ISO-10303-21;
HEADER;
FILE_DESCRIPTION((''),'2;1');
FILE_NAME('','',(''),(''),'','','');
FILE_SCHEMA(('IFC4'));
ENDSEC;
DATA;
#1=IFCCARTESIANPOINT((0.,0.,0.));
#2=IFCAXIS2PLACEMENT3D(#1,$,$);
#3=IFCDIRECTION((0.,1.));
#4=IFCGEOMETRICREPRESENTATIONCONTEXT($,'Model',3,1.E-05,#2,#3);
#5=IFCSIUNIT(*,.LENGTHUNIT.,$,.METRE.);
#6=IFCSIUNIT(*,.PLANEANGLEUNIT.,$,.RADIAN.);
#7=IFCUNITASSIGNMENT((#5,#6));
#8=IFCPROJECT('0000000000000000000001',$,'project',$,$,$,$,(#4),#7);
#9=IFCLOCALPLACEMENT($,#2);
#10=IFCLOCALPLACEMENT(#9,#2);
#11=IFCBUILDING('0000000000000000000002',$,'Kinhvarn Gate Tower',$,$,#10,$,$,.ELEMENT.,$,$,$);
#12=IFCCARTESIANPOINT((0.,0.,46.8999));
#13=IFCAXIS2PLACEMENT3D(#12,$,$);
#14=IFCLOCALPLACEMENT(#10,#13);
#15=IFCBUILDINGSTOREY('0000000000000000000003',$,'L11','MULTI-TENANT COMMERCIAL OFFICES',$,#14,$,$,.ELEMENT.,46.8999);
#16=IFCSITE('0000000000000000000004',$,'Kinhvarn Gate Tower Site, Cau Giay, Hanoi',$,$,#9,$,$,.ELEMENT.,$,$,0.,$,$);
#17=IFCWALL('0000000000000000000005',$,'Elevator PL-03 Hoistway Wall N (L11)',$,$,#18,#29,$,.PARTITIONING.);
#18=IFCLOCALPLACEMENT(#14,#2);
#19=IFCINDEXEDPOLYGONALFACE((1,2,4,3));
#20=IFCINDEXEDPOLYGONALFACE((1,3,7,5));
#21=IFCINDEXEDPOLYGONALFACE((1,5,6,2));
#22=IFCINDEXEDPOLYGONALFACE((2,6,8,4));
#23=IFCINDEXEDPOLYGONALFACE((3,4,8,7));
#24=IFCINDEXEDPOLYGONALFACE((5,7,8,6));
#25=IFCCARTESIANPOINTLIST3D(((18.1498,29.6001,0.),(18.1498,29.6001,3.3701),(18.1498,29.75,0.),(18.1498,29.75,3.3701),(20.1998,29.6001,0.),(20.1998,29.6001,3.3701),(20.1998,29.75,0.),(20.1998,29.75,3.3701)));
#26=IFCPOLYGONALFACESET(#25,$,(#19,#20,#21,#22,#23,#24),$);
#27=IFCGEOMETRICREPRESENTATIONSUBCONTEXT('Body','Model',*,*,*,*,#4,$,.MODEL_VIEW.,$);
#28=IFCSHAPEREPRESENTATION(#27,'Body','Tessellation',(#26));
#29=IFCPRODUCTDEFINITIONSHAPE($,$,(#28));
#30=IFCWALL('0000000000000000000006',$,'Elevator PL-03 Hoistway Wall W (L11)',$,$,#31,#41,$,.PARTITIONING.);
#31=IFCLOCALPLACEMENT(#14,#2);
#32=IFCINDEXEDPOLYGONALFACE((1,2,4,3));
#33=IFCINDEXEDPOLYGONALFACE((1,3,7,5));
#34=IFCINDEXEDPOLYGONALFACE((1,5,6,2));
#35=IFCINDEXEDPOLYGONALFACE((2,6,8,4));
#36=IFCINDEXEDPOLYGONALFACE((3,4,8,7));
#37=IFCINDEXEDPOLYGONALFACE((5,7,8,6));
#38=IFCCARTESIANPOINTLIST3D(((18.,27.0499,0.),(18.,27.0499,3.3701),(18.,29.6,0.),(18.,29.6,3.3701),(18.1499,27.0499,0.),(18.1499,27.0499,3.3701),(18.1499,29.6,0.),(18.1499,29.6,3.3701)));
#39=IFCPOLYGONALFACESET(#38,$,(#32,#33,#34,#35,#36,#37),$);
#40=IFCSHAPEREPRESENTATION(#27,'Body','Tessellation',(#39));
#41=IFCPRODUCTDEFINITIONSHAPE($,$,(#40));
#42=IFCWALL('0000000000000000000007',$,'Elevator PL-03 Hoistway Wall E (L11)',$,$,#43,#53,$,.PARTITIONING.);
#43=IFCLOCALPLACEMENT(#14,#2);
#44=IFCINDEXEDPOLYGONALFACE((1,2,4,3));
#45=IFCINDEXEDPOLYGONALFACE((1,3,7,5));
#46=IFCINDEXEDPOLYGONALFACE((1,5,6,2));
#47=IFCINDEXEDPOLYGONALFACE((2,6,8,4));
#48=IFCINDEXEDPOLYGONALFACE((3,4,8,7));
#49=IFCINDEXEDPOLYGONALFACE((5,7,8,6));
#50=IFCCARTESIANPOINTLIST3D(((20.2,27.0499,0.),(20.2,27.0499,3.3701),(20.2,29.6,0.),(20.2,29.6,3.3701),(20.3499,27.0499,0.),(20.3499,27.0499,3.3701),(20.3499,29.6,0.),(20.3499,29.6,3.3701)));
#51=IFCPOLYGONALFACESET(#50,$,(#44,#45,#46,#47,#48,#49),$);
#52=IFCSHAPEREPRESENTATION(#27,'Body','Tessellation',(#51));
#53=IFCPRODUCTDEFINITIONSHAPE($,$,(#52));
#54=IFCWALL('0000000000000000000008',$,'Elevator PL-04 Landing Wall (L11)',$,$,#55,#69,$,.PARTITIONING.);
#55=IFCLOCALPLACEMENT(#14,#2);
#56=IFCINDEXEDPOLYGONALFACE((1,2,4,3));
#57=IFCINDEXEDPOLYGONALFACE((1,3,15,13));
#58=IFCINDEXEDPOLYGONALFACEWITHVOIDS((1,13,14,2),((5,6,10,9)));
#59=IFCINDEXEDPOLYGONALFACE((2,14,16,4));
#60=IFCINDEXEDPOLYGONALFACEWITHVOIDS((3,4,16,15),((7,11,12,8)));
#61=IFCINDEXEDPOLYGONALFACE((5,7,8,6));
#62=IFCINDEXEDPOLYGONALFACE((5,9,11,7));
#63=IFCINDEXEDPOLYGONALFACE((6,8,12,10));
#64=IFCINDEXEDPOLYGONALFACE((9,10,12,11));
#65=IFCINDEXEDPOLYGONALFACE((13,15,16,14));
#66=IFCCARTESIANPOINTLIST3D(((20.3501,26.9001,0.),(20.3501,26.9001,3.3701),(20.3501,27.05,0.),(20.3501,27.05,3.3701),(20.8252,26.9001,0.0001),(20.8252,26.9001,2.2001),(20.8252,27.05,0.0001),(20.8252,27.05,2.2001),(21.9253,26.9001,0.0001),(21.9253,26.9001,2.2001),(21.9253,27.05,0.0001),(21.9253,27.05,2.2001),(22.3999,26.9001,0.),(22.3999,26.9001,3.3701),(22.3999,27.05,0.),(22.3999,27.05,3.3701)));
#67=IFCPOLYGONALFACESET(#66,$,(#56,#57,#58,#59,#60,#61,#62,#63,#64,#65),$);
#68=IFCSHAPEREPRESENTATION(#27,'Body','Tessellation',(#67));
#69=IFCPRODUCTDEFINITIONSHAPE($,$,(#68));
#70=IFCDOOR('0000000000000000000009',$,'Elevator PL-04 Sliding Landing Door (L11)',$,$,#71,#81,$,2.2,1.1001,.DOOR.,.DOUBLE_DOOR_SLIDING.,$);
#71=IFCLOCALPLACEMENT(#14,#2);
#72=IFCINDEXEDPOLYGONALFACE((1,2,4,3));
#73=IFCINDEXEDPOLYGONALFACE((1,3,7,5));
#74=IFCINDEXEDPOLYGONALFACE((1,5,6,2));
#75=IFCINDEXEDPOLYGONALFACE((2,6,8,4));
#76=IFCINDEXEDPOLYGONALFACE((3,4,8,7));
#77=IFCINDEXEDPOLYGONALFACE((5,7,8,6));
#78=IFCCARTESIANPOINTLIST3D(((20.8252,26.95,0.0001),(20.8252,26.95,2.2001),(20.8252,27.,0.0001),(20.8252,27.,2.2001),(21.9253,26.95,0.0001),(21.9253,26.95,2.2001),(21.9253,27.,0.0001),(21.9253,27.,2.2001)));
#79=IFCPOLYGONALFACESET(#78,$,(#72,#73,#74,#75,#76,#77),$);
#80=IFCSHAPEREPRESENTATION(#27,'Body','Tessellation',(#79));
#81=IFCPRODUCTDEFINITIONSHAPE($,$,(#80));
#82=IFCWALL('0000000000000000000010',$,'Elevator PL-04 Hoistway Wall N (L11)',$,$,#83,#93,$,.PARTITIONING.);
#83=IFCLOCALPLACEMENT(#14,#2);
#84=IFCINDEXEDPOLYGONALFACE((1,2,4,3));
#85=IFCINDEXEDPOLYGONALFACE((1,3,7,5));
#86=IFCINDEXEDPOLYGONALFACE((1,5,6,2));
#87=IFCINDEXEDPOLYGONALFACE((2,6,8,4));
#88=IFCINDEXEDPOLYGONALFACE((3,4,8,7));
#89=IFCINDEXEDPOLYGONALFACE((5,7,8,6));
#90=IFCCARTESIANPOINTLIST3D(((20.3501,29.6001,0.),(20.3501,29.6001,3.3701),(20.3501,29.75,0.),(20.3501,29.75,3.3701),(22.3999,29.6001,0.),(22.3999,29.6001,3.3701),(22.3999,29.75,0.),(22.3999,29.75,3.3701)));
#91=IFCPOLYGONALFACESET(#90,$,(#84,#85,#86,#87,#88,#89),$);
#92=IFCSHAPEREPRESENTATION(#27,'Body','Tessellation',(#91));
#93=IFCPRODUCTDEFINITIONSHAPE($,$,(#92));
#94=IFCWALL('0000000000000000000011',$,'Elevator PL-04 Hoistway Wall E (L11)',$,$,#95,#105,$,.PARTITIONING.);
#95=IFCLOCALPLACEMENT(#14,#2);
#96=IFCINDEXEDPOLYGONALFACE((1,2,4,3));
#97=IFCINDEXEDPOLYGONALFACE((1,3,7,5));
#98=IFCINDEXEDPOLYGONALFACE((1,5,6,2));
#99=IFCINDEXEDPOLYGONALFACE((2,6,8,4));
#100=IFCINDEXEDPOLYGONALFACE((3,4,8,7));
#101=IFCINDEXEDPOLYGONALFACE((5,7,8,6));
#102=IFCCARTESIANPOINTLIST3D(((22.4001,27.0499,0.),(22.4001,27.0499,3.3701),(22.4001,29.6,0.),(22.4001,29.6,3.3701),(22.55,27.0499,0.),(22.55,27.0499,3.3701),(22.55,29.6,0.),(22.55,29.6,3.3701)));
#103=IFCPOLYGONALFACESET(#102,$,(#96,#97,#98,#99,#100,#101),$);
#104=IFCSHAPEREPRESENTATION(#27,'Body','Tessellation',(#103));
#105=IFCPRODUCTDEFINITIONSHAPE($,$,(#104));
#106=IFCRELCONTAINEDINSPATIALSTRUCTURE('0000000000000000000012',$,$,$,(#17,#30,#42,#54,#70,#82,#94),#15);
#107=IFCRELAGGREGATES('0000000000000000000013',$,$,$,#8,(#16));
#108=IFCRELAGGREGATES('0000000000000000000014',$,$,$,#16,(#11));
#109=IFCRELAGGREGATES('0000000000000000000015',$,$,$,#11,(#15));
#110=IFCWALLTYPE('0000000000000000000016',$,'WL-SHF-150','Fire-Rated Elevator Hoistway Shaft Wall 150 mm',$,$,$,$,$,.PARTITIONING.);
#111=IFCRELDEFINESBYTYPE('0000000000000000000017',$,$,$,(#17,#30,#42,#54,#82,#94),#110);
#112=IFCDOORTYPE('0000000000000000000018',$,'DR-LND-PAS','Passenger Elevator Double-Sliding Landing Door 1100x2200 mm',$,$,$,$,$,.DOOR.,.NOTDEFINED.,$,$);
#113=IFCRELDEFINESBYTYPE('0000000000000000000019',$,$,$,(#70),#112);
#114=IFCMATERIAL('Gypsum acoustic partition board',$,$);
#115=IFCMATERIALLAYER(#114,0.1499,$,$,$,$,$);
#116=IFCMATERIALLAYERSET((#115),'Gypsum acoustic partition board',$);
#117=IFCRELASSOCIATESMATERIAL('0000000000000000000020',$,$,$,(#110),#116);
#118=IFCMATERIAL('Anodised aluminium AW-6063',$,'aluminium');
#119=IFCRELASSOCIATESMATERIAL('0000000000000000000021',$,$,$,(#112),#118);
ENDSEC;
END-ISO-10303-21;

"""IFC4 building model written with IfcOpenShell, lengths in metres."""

from ifc_helpers import new_model, si_unit, direction, frame, frame_2d, origin, place, context, subcontext, project, spatial, rectangle, extrude, material, layer, layer_set, type_object, element, fill, save


model = new_model("IFC4")

# Units and contexts
model_context = context("Model", 3, precision=1e-05, world=origin(), true_north=direction((0.0, 1.0)))
body_context = subcontext(model_context, "Body", "Model", "MODEL_VIEW")
ifc_project = project(units=[si_unit("LENGTHUNIT", "METRE"), si_unit("PLANEANGLEUNIT", "RADIAN")], contexts=[model_context])

# Site, building, storey
site_placement = place(None, origin())
site = spatial("IfcSite", under=ifc_project, at=site_placement, Name="Kinhvarn Gate Tower Site, Cau Giay, Hanoi", CompositionType="ELEMENT", RefElevation=0.0)
building_placement = place(site_placement, origin())
building = spatial("IfcBuilding", under=site, at=building_placement, Name="Kinhvarn Gate Tower", CompositionType="ELEMENT")
storey_placement = place(building_placement, frame((0.0, 0.0, 46.8999)))
storey = spatial("IfcBuildingStorey", under=building, at=storey_placement, Name="L11", Description="MULTI-TENANT COMMERCIAL OFFICES", CompositionType="ELEMENT", Elevation=46.8999)

# Shared definitions
ifc_material_1 = material(Name="Gypsum acoustic partition board")
ifc_material_2 = material(Name="Anodised aluminium AW-6063", Category="aluminium")

# Shared definitions
ifc_layer_1 = layer(ifc_material_1, 0.1499)
ifc_layer_set_1 = layer_set([ifc_layer_1], Name="Gypsum acoustic partition board")
wall_type_1 = type_object("IfcWallType", Name="WL-SHF-150", Description="Fire-Rated Elevator Hoistway Shaft Wall 150 mm", PredefinedType="PARTITIONING", material=ifc_layer_set_1)
door_type_1 = type_object("IfcDoorType", Name="DR-LND-PAS", Description="Passenger Elevator Double-Sliding Landing Door 1100x2200 mm", OperationType="NOTDEFINED", PredefinedType="DOOR", material=ifc_material_2)

# Walls
wall_1_placement = place(storey_placement, frame((18.1499, 29.675, 0.0), z_axis=(0.0, 0.0, 1.0), x_axis=(1.0, 0.0, 0.0)))
element("IfcWall", 1, at=wall_1_placement, inside=storey, type_object=wall_type_1, Name="Elevator PL-03 Hoistway Wall N (L11)", PredefinedType="PARTITIONING", context=body_context, shape_type="SweptSolid", body=[
    extrude(rectangle(XDim=2.05, YDim=0.1499, at=frame_2d((1.0249, 0.0))), origin(), (0.0, 0.0, 1.0), 3.3701),
])
for number, where, z_axis, x_axis, name in (
    (2, (18.075, 27.05, 0.0), (0.0, 0.0, 1.0), (0.0, 1.0, 0.0), "Elevator PL-03 Hoistway Wall W (L11)"),
    (3, (20.2749, 27.05, 0.0), (0.0, 0.0, 1.0), (0.0, 1.0, 0.0), "Elevator PL-03 Hoistway Wall E (L11)"),
):
    element("IfcWall", number, at=place(storey_placement, frame(where, z_axis=z_axis, x_axis=x_axis)), inside=storey, type_object=wall_type_1, Name=name, PredefinedType="PARTITIONING", context=body_context, shape_type="SweptSolid", body=[
        extrude(rectangle(XDim=2.55, YDim=0.1499, at=frame_2d((1.2749, 0.0))), origin(), (0.0, 0.0, 1.0), 3.3701),
    ])

# Wall, opening, door
wall_2_placement = place(storey_placement, frame((20.3501, 26.9751, 0.0), z_axis=(0.0, 0.0, 1.0), x_axis=(1.0, 0.0, 0.0)))
wall_2 = element("IfcWall", 4, at=wall_2_placement, inside=storey, type_object=wall_type_1, Name="Elevator PL-04 Landing Wall (L11)", PredefinedType="PARTITIONING", context=body_context, shape_type="SweptSolid", body=[
    extrude(rectangle(XDim=2.0498, YDim=0.1499, at=frame_2d((1.0249, 0.0))), origin(), (0.0, 0.0, 1.0), 3.3701),
])
opening_1_placement = place(wall_2_placement, frame((0.4751, 0.0, 0.0)))
opening_1 = element("IfcOpeningElement", 5, at=opening_1_placement, cuts=wall_2, PredefinedType="OPENING", context=body_context, shape_type="SweptSolid", body=[
    extrude(rectangle(XDim=1.1001, YDim=2.2, at=frame_2d((0.55, 1.1001))), frame((0.0, 0.085, 0.0), z_axis=(0.0, -1.0, 0.0), x_axis=(1.0, 0.0, 0.0)), (0.0, 0.0, 1.0), 0.1699),
])
door_1_placement = place(opening_1_placement, origin())
door_1 = element("IfcDoor", 6, at=door_1_placement, inside=storey, type_object=door_type_1, Name="Elevator PL-04 Sliding Landing Door (L11)", OperationType="DOUBLE_DOOR_SLIDING", OverallHeight=2.2, OverallWidth=1.1001, PredefinedType="DOOR", context=body_context, shape_type="SweptSolid", body=[
    extrude(rectangle(XDim=1.1001, YDim=2.2, at=frame_2d((0.55, 1.1001))), frame((0.0, 0.0249, 0.0), z_axis=(0.0, -1.0, 0.0), x_axis=(1.0, 0.0, 0.0)), (0.0, 0.0, 1.0), 0.05),
])
fill(opening_1, door_1)

# Walls
wall_3_placement = place(storey_placement, frame((20.3501, 29.675, 0.0), z_axis=(0.0, 0.0, 1.0), x_axis=(1.0, 0.0, 0.0)))
element("IfcWall", 7, at=wall_3_placement, inside=storey, type_object=wall_type_1, Name="Elevator PL-04 Hoistway Wall N (L11)", PredefinedType="PARTITIONING", context=body_context, shape_type="SweptSolid", body=[
    extrude(rectangle(XDim=2.0498, YDim=0.1499, at=frame_2d((1.0249, 0.0))), origin(), (0.0, 0.0, 1.0), 3.3701),
])
wall_4_placement = place(storey_placement, frame((22.4751, 27.05, 0.0), z_axis=(0.0, 0.0, 1.0), x_axis=(0.0, 1.0, 0.0)))
element("IfcWall", 8, at=wall_4_placement, inside=storey, type_object=wall_type_1, Name="Elevator PL-04 Hoistway Wall E (L11)", PredefinedType="PARTITIONING", context=body_context, shape_type="SweptSolid", body=[
    extrude(rectangle(XDim=2.55, YDim=0.1499, at=frame_2d((1.2749, 0.0))), origin(), (0.0, 0.0, 1.0), 3.3701),
])

save(model, "model.ifc")
